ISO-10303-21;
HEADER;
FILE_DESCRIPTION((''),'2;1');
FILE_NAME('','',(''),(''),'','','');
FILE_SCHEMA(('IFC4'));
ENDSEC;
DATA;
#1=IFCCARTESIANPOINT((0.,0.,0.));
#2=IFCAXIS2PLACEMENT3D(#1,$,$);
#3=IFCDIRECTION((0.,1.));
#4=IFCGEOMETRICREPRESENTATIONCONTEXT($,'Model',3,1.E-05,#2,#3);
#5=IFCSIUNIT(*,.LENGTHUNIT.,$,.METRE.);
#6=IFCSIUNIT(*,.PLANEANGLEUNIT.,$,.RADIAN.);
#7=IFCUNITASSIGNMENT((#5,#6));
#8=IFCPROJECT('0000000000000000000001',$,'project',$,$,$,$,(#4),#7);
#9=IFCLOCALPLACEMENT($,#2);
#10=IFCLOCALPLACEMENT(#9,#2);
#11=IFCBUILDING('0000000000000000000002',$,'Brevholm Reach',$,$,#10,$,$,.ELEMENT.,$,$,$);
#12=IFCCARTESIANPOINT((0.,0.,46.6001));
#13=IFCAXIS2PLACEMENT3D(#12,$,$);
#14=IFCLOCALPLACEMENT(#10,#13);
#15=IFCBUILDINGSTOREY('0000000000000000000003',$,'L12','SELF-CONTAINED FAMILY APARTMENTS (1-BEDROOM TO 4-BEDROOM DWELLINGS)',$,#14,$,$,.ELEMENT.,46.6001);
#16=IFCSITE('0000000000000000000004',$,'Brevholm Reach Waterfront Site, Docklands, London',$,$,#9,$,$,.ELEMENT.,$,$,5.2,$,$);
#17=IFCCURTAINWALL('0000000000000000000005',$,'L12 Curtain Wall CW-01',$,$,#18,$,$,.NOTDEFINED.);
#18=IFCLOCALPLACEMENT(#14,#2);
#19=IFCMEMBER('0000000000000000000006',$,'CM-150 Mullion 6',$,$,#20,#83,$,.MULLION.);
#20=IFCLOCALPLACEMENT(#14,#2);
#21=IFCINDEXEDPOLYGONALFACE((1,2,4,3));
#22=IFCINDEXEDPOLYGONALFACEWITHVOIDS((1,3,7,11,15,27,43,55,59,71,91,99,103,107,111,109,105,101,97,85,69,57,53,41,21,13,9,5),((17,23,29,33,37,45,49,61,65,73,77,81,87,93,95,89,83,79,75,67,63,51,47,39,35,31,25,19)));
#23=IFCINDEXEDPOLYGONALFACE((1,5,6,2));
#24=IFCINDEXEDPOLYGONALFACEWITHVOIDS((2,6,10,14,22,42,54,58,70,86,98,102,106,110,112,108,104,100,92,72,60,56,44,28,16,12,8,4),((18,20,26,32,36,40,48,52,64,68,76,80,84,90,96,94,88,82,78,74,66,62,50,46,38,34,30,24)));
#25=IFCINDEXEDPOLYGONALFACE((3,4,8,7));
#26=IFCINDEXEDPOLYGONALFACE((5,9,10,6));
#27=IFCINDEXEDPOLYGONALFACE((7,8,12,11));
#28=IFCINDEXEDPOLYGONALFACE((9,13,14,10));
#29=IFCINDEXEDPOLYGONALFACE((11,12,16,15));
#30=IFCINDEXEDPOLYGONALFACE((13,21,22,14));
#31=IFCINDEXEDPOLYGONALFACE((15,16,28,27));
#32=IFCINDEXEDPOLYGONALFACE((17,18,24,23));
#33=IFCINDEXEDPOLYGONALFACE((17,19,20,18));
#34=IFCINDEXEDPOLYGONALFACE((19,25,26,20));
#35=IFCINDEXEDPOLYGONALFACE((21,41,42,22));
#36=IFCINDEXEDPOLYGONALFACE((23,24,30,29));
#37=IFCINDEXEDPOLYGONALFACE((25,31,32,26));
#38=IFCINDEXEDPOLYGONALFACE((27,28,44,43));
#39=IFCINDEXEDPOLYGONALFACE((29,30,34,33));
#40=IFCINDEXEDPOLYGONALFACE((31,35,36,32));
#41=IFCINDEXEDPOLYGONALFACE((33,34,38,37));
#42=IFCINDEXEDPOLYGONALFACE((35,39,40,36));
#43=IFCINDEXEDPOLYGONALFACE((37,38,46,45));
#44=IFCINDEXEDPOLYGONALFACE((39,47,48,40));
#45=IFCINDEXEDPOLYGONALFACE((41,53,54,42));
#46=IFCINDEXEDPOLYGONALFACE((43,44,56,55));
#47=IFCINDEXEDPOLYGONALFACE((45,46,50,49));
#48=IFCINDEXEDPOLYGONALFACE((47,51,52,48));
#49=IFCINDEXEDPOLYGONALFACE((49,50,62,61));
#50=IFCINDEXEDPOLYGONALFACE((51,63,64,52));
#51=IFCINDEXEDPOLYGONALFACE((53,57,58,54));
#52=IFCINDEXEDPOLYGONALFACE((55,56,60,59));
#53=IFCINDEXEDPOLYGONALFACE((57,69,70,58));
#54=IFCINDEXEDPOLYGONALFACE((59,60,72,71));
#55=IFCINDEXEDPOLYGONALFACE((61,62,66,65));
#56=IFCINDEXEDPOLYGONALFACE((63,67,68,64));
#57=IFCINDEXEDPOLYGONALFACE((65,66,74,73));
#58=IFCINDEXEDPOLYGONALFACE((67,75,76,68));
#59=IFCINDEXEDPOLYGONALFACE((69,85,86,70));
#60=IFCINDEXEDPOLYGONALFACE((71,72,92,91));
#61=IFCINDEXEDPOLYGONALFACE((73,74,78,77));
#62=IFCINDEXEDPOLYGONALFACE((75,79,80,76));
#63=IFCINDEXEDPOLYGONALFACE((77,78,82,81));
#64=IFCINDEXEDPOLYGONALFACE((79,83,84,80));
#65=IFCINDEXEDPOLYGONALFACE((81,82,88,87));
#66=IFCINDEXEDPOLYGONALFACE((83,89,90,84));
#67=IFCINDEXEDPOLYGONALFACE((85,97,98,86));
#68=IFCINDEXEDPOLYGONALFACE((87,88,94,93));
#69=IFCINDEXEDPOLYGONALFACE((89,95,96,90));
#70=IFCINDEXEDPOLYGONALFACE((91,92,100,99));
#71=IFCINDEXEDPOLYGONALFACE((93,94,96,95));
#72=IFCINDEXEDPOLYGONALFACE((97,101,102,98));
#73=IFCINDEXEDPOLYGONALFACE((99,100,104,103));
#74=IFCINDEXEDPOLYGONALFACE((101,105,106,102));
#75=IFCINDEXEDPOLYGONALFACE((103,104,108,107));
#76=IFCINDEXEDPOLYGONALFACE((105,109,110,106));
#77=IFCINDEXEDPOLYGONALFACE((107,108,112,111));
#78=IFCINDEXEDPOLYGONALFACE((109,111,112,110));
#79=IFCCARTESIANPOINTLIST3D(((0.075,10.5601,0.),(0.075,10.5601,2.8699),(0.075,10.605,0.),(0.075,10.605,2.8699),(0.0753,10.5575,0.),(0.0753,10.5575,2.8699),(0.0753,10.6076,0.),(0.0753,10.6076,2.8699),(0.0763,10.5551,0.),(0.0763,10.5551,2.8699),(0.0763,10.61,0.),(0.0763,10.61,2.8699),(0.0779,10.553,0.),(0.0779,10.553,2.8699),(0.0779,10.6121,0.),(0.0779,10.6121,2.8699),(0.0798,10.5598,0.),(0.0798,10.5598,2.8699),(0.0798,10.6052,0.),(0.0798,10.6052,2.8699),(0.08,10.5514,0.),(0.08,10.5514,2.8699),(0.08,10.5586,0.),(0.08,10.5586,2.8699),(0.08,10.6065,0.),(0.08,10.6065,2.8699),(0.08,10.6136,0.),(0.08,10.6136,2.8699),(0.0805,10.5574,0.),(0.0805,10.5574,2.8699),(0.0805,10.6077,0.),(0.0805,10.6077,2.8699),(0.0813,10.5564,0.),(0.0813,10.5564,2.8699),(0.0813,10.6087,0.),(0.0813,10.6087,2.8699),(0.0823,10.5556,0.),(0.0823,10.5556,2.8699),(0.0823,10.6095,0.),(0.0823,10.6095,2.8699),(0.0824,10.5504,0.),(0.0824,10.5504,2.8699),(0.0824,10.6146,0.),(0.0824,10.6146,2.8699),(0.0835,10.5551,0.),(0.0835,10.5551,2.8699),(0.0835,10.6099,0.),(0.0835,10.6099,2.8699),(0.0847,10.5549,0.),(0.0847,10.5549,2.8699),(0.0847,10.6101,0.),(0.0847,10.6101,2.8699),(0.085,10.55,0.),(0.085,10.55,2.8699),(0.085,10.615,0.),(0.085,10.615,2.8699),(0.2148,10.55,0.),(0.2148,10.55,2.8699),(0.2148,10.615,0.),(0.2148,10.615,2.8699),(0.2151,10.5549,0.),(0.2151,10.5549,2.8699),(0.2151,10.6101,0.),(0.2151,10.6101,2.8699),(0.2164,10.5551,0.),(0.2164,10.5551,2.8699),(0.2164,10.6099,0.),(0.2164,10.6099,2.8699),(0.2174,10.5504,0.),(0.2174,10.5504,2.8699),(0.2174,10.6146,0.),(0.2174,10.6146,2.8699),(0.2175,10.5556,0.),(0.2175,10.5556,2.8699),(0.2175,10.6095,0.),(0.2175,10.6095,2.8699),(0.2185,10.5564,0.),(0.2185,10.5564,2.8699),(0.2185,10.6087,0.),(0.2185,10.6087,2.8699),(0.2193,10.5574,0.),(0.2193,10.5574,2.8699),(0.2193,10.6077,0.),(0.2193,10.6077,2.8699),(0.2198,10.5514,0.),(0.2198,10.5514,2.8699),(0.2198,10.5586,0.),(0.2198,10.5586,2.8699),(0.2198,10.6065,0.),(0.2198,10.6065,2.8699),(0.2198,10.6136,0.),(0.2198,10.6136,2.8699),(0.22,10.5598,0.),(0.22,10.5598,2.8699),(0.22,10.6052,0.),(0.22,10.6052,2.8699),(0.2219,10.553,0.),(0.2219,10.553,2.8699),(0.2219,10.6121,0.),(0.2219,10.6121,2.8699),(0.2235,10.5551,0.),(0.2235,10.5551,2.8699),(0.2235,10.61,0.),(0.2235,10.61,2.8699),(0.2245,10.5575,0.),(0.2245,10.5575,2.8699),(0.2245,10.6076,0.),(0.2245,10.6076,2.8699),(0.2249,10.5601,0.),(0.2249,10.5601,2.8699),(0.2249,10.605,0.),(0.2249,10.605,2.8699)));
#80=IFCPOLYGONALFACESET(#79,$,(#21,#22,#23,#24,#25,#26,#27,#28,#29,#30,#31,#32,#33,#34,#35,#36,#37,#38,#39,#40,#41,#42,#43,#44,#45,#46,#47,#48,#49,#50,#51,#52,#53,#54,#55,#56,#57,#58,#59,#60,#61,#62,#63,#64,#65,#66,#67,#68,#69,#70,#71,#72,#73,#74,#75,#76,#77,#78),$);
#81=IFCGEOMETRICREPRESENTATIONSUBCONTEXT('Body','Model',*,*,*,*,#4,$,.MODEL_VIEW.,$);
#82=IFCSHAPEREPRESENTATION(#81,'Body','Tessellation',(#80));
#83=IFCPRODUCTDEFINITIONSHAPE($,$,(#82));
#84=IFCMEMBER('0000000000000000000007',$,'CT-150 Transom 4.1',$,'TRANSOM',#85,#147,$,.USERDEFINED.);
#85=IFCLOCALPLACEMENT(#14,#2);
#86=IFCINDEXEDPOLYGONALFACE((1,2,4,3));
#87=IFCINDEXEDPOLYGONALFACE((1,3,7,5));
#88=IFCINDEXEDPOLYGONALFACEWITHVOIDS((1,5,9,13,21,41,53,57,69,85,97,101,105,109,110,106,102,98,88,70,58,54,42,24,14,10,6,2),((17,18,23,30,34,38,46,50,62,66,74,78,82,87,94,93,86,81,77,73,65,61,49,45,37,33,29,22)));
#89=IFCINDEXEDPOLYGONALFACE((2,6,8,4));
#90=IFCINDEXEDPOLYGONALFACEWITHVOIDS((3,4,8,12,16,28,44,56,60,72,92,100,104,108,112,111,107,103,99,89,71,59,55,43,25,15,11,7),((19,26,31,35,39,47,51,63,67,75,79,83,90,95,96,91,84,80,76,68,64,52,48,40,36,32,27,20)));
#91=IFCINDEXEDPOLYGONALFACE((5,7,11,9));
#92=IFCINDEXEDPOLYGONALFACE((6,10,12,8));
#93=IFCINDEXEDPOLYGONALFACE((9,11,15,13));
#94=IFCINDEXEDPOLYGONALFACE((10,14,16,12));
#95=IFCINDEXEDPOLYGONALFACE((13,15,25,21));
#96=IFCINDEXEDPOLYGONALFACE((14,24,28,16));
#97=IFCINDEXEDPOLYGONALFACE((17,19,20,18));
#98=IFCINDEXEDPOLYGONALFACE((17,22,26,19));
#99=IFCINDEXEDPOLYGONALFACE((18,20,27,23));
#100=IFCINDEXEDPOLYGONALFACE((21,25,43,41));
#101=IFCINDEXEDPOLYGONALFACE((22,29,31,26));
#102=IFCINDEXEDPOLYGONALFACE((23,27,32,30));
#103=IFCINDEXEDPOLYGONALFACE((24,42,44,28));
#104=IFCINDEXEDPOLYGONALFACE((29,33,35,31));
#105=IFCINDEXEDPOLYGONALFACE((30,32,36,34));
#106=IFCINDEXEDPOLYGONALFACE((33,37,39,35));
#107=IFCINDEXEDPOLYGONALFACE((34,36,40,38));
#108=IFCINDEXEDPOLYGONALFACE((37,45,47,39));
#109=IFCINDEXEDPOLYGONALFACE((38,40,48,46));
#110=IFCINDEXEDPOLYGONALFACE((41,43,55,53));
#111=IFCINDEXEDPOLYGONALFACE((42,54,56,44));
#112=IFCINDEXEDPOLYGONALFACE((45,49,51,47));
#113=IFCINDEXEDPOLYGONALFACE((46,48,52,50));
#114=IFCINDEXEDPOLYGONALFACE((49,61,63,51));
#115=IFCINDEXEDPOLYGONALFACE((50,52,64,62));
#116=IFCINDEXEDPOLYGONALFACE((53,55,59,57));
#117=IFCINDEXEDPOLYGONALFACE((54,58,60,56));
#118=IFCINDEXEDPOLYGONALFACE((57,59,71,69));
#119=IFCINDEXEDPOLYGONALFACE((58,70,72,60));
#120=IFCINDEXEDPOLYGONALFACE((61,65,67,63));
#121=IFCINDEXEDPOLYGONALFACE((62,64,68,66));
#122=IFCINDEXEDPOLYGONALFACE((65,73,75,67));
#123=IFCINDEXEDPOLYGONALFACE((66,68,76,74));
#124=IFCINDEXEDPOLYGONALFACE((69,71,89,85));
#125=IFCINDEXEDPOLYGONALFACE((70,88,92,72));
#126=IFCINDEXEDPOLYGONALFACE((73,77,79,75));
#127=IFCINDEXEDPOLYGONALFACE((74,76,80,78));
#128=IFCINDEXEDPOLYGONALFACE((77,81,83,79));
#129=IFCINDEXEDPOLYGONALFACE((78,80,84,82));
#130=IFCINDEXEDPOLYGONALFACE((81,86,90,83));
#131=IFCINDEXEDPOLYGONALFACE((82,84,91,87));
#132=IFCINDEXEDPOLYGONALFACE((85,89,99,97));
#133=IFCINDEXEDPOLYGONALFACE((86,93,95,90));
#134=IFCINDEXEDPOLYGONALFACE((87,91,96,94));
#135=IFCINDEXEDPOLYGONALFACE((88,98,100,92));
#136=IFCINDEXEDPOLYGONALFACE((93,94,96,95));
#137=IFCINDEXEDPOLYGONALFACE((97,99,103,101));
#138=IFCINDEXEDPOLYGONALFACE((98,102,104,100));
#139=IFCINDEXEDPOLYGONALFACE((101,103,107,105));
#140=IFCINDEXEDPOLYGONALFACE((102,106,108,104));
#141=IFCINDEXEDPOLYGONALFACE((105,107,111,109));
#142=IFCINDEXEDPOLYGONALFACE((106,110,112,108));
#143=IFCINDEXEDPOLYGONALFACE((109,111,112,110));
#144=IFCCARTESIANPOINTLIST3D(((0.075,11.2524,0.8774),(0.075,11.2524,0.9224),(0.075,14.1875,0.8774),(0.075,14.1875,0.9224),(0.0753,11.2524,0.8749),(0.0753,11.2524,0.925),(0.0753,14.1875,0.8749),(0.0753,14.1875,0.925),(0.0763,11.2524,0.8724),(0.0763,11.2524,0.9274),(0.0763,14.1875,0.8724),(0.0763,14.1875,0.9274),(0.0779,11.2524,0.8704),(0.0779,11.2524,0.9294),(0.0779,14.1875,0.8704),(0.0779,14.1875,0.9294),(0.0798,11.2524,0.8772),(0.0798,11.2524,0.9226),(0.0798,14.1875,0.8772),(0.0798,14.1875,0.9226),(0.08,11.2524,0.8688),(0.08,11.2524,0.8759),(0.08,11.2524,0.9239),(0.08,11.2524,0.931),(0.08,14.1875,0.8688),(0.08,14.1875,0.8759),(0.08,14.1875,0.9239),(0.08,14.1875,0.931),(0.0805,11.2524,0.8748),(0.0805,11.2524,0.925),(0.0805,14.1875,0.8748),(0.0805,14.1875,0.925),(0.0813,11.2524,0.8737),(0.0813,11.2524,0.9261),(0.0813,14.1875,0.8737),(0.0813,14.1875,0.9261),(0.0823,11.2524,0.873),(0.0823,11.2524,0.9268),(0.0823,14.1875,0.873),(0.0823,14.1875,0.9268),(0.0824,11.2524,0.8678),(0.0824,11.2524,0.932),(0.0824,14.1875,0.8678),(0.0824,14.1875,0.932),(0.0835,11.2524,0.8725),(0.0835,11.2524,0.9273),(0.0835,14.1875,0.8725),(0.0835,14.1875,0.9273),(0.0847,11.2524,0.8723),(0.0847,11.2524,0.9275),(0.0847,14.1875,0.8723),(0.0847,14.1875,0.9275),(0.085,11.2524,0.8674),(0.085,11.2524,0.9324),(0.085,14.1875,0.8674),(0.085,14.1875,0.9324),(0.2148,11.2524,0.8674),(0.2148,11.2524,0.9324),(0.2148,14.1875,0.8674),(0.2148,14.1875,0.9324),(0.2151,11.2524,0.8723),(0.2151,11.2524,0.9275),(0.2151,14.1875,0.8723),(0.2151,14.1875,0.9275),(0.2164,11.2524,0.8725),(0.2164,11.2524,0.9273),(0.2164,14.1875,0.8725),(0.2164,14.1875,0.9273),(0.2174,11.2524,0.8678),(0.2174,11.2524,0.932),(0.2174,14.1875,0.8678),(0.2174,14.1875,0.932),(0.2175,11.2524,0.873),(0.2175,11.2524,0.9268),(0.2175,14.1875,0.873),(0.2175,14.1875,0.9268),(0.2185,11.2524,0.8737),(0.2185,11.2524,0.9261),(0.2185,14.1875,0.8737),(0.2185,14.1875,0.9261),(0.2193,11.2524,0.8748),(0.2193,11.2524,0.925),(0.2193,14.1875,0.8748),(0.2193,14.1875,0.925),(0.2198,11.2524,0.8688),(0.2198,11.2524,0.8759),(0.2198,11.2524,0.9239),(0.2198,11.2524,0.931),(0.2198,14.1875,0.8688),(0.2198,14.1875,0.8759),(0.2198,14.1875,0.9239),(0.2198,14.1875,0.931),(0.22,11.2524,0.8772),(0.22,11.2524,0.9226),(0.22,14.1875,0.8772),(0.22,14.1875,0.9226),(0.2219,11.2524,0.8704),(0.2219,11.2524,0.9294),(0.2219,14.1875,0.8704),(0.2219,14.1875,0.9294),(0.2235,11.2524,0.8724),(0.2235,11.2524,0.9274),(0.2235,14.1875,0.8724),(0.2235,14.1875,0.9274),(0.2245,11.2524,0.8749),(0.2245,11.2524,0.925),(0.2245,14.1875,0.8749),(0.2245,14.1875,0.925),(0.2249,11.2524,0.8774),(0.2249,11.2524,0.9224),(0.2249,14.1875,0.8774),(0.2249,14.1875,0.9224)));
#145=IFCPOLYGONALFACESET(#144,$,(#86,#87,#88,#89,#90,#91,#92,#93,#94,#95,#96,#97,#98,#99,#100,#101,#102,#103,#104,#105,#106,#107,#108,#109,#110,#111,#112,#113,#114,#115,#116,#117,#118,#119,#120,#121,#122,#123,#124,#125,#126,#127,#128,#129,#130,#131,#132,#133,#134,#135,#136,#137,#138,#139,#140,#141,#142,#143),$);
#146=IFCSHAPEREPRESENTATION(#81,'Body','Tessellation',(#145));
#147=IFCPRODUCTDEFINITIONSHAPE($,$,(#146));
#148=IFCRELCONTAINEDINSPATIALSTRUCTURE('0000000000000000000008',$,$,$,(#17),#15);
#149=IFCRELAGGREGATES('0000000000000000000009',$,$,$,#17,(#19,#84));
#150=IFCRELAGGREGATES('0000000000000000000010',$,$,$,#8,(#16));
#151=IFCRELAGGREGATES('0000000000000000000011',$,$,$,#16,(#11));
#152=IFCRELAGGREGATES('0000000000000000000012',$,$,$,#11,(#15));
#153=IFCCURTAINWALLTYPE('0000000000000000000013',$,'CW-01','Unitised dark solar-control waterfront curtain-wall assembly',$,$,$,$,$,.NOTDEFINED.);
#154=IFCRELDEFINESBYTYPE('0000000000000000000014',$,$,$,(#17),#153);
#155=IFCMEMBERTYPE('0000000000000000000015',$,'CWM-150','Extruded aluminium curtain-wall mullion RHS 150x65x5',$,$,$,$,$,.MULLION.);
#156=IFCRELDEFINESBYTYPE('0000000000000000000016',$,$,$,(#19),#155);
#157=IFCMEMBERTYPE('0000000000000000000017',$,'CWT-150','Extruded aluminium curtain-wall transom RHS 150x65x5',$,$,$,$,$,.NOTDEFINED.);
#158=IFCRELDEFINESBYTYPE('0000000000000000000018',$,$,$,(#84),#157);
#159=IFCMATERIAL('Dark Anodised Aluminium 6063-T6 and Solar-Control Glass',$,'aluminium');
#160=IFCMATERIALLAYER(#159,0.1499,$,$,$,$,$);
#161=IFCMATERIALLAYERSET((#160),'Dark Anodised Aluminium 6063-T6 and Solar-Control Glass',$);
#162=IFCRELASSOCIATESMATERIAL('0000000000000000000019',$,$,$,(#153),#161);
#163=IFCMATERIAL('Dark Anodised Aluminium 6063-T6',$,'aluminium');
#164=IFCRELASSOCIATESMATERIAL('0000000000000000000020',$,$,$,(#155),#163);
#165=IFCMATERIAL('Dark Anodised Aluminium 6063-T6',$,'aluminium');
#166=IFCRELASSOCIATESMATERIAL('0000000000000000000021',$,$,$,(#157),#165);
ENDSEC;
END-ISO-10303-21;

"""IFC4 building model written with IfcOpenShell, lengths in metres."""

from ifc_helpers import new_model, si_unit, direction, frame, origin, origin_2d, place, context, subcontext, project, spatial, hollow_rectangle, extrude, material, layer, layer_set, material_profile, profile_set, type_object, element, aggregate, save


model = new_model("IFC4")

# Units and contexts
model_context = context("Model", 3, precision=1e-05, world=origin(), true_north=direction((0.0, 1.0)))
body_context = subcontext(model_context, "Body", "Model", "MODEL_VIEW")
ifc_project = project(units=[si_unit("LENGTHUNIT", "METRE"), si_unit("PLANEANGLEUNIT", "RADIAN")], contexts=[model_context])

# Site, building, storey
site_placement = place(None, origin())
site = spatial("IfcSite", under=ifc_project, at=site_placement, Name="Brevholm Reach Waterfront Site, Docklands, London", CompositionType="ELEMENT", RefElevation=5.2)
building_placement = place(site_placement, origin())
building = spatial("IfcBuilding", under=site, at=building_placement, Name="Brevholm Reach", CompositionType="ELEMENT")
storey_placement = place(building_placement, frame((0.0, 0.0, 46.6001)))
storey = spatial("IfcBuildingStorey", under=building, at=storey_placement, Name="L12", Description="SELF-CONTAINED FAMILY APARTMENTS (1-BEDROOM TO 4-BEDROOM DWELLINGS)", CompositionType="ELEMENT", Elevation=46.6001)

# Curtain wall, members
ifc_material_1 = material(Name="Dark Anodised Aluminium 6063-T6 and Solar-Control Glass", Category="aluminium")
ifc_layer_1 = layer(ifc_material_1, 0.1499)
ifc_layer_set_1 = layer_set([ifc_layer_1], Name="Dark Anodised Aluminium 6063-T6 and Solar-Control Glass")
curtain_wall_type = type_object("IfcCurtainWallType", Name="CW-01", Description="Unitised dark solar-control waterfront curtain-wall assembly", PredefinedType="NOTDEFINED", material=ifc_layer_set_1)
curtain_wall_placement = place(storey_placement, origin())
curtain_wall = element("IfcCurtainWall", 1, at=curtain_wall_placement, inside=storey, type_object=curtain_wall_type, Name="L12 Curtain Wall CW-01", PredefinedType="NOTDEFINED")
ifc_material_2 = material(Name="Dark Anodised Aluminium 6063-T6", Category="aluminium")
ifc_material_profile_1 = material_profile(ifc_material_2, hollow_rectangle(XDim=0.0649, YDim=0.1499, WallThickness=0.0049, InnerFilletRadius=0.0049, OuterFilletRadius=0.01, at=origin_2d()), Name="RHS 150x65x5")
ifc_profile_set_1 = profile_set([ifc_material_profile_1], Name="Dark Anodised Aluminium 6063-T6")
member_type_1 = type_object("IfcMemberType", Name="CWM-150", Description="Extruded aluminium curtain-wall mullion RHS 150x65x5", PredefinedType="MULLION", material=ifc_profile_set_1)
member_1_placement = place(storey_placement, frame((0.1499, 10.5825, 0.0), z_axis=(0.0, 0.0, 1.0), x_axis=(0.0, -1.0, 0.0)))
member_1 = element("IfcMember", 2, at=member_1_placement, type_object=member_type_1, Name="CM-150 Mullion 6", PredefinedType="MULLION", context=body_context, shape_type="SweptSolid", body=[
    extrude(hollow_rectangle(XDim=0.0649, YDim=0.1499, WallThickness=0.0049, InnerFilletRadius=0.0049, OuterFilletRadius=0.01, at=origin_2d()), origin(), (0.0, 0.0, 1.0), 2.8699),
])
ifc_material_3 = material(Name="Dark Anodised Aluminium 6063-T6", Category="aluminium")
ifc_material_profile_2 = material_profile(ifc_material_3, hollow_rectangle(XDim=0.0649, YDim=0.1499, WallThickness=0.0049, InnerFilletRadius=0.0049, OuterFilletRadius=0.01, at=origin_2d()), Name="RHS 150x65x5")
ifc_profile_set_2 = profile_set([ifc_material_profile_2], Name="Dark Anodised Aluminium 6063-T6")
member_type_2 = type_object("IfcMemberType", Name="CWT-150", Description="Extruded aluminium curtain-wall transom RHS 150x65x5", PredefinedType="NOTDEFINED", material=ifc_profile_set_2)
member_2_placement = place(storey_placement, frame((0.1499, 14.1875, 0.8999), z_axis=(0.0, -1.0, 0.0), x_axis=(0.0, 0.0, 1.0)))
member_2 = element("IfcMember", 3, at=member_2_placement, type_object=member_type_2, Name="CT-150 Transom 4.1", ObjectType="TRANSOM", PredefinedType="USERDEFINED", context=body_context, shape_type="SweptSolid", body=[
    extrude(hollow_rectangle(XDim=0.0649, YDim=0.1499, WallThickness=0.0049, InnerFilletRadius=0.0049, OuterFilletRadius=0.01, at=origin_2d()), origin(), (0.0, 0.0, 1.0), 2.9351),
])
aggregate(curtain_wall, [member_1, member_2])

save(model, "model.ifc")
